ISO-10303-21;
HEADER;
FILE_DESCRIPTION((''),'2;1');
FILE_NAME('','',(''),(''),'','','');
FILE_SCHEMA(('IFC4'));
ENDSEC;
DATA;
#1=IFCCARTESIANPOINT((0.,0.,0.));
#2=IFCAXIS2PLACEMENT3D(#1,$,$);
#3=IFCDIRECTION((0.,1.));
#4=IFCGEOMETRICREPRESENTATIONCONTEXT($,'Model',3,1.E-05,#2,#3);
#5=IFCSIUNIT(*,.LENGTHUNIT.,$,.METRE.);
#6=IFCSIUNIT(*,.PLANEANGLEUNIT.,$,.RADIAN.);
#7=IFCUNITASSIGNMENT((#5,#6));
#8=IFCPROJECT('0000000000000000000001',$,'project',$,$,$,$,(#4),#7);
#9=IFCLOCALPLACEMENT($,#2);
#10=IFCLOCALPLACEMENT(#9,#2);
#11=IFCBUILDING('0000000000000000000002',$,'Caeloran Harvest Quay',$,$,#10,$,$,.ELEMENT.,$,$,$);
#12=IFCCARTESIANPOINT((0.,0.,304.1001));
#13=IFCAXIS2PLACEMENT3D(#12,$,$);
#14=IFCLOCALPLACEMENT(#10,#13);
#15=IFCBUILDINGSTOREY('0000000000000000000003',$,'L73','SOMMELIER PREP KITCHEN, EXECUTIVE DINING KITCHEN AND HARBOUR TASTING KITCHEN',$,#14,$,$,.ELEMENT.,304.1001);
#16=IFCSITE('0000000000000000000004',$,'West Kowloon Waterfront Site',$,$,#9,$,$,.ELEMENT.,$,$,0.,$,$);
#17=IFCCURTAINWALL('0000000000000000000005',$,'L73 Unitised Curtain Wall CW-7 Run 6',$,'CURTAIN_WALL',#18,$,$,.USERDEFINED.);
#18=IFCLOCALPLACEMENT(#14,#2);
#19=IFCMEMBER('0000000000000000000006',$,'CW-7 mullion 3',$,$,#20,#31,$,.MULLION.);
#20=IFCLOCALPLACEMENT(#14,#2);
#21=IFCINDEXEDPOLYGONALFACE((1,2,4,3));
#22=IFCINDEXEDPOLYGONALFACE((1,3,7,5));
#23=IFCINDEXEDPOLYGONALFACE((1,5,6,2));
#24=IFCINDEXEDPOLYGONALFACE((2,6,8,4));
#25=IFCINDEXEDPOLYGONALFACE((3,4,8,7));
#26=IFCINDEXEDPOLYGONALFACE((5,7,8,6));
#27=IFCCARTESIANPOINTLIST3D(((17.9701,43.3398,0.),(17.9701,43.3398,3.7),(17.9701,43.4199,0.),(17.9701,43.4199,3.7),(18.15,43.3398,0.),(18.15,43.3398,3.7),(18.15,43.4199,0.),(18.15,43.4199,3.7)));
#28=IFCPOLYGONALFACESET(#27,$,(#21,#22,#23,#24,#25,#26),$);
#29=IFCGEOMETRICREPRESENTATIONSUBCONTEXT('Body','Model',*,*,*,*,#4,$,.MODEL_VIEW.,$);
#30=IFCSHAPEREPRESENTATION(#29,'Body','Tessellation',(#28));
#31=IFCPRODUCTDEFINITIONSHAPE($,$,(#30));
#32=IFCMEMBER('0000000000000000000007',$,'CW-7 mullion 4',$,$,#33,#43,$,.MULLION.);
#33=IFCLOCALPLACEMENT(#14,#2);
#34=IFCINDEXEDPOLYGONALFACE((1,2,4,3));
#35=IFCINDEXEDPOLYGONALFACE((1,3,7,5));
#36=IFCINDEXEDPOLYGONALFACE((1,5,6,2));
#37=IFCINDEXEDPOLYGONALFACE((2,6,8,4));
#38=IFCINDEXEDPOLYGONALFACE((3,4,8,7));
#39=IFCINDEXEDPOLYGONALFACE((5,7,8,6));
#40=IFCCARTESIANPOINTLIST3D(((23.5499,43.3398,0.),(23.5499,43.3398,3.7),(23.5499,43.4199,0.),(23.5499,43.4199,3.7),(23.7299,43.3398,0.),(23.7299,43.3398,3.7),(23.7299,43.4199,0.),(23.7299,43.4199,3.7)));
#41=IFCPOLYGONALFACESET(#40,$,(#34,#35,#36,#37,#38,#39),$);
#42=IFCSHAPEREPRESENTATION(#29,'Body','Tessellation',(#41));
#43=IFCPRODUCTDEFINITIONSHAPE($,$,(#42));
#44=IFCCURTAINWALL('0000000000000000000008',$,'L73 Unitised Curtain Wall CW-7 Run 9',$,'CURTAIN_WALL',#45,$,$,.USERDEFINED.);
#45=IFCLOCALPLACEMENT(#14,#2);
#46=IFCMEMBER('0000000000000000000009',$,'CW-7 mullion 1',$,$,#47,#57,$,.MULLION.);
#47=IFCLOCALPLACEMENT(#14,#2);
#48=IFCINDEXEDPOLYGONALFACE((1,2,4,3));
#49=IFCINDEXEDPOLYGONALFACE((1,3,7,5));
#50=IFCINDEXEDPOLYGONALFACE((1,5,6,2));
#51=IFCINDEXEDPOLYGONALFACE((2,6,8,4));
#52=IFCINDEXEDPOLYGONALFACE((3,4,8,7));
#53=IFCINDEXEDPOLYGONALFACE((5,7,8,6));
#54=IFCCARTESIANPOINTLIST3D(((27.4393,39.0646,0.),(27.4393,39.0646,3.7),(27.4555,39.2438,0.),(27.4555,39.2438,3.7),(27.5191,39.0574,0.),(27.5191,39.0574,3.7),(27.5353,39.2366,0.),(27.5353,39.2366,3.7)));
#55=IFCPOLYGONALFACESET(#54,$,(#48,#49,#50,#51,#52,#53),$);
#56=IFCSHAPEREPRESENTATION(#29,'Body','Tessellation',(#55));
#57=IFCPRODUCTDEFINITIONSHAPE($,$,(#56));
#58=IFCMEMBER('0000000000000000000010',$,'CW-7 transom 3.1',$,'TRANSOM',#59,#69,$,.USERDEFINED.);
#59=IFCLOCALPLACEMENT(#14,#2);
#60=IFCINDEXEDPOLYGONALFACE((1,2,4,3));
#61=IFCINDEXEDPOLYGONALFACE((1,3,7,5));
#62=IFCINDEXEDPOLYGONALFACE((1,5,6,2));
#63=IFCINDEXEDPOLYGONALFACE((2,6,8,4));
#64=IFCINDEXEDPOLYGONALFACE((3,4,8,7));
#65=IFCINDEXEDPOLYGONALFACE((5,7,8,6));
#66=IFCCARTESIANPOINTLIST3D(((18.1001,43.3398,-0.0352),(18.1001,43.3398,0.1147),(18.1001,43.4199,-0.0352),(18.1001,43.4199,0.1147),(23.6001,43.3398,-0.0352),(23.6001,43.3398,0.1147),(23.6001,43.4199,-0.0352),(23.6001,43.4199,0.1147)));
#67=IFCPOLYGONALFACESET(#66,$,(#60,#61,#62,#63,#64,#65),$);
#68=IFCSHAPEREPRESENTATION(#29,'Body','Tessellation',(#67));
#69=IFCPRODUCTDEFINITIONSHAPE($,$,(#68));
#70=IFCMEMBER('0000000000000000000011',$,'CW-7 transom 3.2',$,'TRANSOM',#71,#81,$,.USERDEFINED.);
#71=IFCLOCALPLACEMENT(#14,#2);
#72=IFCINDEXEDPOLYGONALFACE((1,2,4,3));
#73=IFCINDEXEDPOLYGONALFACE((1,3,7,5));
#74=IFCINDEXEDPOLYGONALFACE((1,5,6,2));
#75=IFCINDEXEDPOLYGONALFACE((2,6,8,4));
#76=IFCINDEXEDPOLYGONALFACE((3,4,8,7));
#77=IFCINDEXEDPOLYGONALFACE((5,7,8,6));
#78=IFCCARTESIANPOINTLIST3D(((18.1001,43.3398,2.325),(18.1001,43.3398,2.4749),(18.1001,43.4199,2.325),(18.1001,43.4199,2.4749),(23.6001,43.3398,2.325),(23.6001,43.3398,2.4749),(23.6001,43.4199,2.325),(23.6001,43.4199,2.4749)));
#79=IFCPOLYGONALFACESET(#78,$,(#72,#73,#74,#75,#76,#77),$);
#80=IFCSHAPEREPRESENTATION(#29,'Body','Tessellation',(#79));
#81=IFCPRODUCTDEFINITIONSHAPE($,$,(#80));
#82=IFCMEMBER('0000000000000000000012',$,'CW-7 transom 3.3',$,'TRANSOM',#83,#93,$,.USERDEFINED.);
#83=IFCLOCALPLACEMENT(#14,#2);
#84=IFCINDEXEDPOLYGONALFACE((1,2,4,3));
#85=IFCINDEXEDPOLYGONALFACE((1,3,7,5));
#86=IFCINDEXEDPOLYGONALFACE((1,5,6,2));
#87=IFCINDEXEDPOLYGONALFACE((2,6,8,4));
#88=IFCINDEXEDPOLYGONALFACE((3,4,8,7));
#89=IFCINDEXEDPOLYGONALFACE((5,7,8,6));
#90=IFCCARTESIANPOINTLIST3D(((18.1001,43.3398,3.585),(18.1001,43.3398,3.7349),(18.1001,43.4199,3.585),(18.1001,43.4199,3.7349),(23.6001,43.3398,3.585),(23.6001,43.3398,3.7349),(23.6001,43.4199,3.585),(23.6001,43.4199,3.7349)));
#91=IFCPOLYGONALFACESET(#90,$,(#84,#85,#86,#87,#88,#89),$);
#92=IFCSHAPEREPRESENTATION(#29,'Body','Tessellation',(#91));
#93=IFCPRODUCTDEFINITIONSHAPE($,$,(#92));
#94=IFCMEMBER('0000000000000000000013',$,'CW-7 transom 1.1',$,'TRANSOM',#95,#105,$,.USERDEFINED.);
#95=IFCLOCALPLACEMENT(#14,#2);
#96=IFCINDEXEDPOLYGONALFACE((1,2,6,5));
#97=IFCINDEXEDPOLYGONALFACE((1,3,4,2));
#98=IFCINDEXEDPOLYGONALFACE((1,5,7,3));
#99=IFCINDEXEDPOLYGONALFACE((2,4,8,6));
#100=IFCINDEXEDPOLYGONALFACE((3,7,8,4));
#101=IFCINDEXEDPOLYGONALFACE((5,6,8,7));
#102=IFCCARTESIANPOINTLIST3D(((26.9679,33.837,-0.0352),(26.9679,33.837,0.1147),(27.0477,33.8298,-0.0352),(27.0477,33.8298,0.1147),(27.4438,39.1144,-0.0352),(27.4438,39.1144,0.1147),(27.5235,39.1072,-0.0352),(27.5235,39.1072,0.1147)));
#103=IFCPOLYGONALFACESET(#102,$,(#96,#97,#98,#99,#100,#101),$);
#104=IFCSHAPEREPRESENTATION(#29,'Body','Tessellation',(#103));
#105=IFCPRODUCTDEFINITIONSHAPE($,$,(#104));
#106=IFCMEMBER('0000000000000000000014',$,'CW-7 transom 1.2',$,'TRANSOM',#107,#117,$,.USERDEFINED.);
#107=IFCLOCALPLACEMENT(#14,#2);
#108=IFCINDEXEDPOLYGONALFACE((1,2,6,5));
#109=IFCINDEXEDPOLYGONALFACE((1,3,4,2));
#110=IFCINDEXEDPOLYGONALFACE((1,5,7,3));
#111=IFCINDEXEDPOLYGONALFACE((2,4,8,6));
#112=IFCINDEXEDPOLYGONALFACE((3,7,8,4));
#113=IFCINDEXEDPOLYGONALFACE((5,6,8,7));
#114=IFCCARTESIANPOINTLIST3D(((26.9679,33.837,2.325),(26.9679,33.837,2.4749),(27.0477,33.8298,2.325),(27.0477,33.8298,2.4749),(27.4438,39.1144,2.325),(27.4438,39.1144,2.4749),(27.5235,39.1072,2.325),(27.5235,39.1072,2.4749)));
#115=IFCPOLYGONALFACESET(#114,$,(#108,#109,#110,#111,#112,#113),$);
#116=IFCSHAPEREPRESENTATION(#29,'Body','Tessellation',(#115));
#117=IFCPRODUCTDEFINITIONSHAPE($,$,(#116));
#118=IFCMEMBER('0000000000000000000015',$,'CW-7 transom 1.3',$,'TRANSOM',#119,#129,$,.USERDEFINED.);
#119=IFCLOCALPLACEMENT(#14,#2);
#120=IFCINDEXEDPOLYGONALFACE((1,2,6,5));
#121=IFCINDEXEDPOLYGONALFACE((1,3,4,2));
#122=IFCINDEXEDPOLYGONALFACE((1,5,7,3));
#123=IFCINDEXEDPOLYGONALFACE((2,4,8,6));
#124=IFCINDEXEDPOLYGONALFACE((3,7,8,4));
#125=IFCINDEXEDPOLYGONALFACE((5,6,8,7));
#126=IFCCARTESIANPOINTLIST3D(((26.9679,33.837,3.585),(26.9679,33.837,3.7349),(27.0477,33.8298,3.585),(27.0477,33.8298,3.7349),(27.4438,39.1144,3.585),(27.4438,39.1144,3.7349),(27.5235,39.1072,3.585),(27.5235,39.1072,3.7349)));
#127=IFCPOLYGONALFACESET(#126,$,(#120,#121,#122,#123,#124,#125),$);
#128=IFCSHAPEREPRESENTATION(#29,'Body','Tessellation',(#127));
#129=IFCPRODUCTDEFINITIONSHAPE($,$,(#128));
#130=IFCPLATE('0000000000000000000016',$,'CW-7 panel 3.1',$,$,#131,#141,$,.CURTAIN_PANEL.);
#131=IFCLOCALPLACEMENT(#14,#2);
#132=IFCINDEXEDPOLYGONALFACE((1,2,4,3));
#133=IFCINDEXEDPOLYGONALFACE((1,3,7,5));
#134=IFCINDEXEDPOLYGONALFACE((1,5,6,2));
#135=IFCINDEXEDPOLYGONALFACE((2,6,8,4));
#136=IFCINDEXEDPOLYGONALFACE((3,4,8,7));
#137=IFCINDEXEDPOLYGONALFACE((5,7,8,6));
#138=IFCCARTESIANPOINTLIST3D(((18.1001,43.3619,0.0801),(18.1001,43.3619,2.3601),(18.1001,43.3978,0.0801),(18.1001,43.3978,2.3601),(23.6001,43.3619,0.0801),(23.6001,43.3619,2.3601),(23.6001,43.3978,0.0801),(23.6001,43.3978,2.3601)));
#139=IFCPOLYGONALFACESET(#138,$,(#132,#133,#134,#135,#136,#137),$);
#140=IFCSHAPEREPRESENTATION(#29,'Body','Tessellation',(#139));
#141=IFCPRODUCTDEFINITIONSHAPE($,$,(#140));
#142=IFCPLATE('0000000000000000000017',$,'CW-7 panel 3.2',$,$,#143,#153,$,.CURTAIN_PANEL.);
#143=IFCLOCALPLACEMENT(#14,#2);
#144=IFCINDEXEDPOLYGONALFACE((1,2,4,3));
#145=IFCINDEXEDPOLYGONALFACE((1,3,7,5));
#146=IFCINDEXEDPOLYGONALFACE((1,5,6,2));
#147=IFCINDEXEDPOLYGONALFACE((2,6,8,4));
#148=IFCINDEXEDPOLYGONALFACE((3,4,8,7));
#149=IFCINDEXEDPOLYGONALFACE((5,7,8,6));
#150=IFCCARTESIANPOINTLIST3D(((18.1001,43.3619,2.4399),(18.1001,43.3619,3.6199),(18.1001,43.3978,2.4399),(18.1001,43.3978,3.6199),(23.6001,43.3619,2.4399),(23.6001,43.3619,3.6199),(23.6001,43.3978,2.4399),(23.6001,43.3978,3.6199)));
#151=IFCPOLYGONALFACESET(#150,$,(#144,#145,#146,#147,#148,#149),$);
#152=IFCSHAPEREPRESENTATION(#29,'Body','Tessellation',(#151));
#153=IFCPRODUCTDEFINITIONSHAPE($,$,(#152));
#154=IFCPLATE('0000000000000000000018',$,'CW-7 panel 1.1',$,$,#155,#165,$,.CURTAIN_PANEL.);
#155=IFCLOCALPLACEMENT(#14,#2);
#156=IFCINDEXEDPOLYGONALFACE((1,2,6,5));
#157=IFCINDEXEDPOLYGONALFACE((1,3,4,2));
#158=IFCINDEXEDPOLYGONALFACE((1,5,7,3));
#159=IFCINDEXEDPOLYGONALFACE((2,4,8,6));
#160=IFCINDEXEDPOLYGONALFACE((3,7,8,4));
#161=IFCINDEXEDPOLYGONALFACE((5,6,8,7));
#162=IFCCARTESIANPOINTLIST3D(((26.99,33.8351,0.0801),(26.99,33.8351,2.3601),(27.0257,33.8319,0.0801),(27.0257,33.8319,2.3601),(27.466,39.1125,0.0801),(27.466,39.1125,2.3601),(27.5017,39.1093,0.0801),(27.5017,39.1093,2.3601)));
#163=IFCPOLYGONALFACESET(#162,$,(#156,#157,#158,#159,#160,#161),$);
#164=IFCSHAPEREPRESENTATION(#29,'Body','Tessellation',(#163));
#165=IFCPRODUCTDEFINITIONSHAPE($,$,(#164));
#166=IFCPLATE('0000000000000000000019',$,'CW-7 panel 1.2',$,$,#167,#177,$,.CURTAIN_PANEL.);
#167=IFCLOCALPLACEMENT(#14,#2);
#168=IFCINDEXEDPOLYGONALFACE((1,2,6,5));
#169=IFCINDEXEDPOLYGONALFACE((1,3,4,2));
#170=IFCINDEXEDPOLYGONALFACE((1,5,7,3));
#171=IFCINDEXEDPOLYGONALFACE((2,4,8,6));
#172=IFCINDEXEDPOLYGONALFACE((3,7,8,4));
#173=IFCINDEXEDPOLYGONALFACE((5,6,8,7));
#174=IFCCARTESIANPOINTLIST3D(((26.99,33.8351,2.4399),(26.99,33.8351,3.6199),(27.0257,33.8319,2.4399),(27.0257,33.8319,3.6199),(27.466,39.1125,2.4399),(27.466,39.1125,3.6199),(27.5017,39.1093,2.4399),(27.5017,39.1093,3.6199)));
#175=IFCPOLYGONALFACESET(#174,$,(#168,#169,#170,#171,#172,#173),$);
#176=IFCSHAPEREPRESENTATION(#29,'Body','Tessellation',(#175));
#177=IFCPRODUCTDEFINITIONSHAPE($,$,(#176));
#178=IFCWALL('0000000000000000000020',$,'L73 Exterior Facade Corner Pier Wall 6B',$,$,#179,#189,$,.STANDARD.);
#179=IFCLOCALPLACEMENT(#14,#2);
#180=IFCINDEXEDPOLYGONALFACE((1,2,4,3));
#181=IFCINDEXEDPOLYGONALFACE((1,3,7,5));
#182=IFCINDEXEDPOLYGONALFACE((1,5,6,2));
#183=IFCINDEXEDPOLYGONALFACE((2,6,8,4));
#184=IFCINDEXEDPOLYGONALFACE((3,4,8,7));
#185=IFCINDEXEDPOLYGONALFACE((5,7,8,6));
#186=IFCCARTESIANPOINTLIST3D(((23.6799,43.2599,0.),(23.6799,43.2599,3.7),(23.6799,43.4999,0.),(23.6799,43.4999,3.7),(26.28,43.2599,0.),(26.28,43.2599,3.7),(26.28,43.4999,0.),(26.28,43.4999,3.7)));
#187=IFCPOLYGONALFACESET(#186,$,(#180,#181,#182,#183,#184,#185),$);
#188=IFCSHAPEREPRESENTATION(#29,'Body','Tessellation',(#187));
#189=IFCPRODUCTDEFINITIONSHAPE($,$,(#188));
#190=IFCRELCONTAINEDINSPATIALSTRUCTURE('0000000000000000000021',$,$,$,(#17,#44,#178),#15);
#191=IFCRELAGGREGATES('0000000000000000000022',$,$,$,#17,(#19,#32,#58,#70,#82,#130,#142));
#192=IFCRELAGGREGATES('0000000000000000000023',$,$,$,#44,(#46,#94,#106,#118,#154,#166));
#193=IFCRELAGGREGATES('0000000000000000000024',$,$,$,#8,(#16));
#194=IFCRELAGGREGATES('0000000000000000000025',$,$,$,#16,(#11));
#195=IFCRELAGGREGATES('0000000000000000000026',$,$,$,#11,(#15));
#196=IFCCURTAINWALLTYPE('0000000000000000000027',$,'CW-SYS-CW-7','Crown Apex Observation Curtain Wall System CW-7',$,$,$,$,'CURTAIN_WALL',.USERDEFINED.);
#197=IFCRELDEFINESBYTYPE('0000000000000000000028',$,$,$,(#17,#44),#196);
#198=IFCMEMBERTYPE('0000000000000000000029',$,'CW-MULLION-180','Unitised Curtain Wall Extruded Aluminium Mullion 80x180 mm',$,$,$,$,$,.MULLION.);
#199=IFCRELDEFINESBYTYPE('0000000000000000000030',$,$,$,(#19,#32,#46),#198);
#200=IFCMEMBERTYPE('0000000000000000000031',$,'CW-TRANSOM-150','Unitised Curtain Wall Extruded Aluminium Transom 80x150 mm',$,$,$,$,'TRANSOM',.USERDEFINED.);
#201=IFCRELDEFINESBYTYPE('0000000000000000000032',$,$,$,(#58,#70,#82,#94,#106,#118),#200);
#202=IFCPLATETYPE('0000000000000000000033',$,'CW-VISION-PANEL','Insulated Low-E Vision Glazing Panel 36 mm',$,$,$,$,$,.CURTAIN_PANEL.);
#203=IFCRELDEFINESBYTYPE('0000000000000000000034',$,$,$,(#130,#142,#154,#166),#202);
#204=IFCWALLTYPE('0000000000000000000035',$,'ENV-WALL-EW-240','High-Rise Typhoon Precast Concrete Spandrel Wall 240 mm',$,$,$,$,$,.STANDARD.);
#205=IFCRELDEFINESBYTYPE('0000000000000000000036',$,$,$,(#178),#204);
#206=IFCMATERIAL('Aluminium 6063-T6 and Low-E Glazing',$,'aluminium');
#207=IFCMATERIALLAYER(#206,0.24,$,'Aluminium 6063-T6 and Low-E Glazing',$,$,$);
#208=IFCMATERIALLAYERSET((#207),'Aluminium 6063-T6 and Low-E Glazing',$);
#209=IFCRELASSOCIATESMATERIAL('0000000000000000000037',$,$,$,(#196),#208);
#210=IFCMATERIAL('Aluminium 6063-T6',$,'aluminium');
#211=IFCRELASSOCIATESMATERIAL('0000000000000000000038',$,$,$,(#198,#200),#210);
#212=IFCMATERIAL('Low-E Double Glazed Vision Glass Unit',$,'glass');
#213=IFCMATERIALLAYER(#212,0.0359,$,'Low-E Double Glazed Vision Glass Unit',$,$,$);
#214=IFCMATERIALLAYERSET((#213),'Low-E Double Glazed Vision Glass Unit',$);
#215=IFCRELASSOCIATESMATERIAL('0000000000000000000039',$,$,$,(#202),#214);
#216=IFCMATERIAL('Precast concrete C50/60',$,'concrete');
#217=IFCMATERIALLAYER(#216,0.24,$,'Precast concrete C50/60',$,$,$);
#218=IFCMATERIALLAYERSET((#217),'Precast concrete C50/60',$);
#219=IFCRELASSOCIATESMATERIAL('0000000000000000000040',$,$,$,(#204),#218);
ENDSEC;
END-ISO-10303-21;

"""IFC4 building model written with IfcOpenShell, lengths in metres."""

from ifc_helpers import new_model, si_unit, direction, frame, frame_2d, origin, origin_2d, place, context, subcontext, project, spatial, rectangle, extrude, material, layer, layer_set, material_profile, profile_set, type_object, element, aggregate, save


model = new_model("IFC4")

# Units and contexts
model_context = context("Model", 3, precision=1e-05, world=origin(), true_north=direction((0.0, 1.0)))
body_context = subcontext(model_context, "Body", "Model", "MODEL_VIEW")
ifc_project = project(units=[si_unit("LENGTHUNIT", "METRE"), si_unit("PLANEANGLEUNIT", "RADIAN")], contexts=[model_context])

# Site, building, storey
site_placement = place(None, origin())
site = spatial("IfcSite", under=ifc_project, at=site_placement, Name="West Kowloon Waterfront Site", CompositionType="ELEMENT", RefElevation=0.0)
building_placement = place(site_placement, origin())
building = spatial("IfcBuilding", under=site, at=building_placement, Name="Caeloran Harvest Quay", CompositionType="ELEMENT")
storey_placement = place(building_placement, frame((0.0, 0.0, 304.1001)))
storey = spatial("IfcBuildingStorey", under=building, at=storey_placement, Name="L73", Description="SOMMELIER PREP KITCHEN, EXECUTIVE DINING KITCHEN AND HARBOUR TASTING KITCHEN", CompositionType="ELEMENT", Elevation=304.1001)

# Curtain wall, members
ifc_material_1 = material(Name="Aluminium 6063-T6 and Low-E Glazing", Category="aluminium")
ifc_layer_1 = layer(ifc_material_1, 0.24, Name="Aluminium 6063-T6 and Low-E Glazing")
ifc_layer_set_1 = layer_set([ifc_layer_1], Name="Aluminium 6063-T6 and Low-E Glazing")
curtain_wall_type = type_object("IfcCurtainWallType", Name="CW-SYS-CW-7", Description="Crown Apex Observation Curtain Wall System CW-7", ElementType="CURTAIN_WALL", PredefinedType="USERDEFINED", material=ifc_layer_set_1)
curtain_wall_1_placement = place(storey_placement, origin())
curtain_wall_1 = element("IfcCurtainWall", 1, at=curtain_wall_1_placement, inside=storey, type_object=curtain_wall_type, Name="L73 Unitised Curtain Wall CW-7 Run 6", ObjectType="CURTAIN_WALL", PredefinedType="USERDEFINED")
ifc_material_2 = material(Name="Aluminium 6063-T6", Category="aluminium")
ifc_material_profile_1 = material_profile(ifc_material_2, rectangle(XDim=0.0801, YDim=0.1799, at=origin_2d()), Name="CW-MULLION-180")
ifc_profile_set_1 = profile_set([ifc_material_profile_1], Name="Aluminium 6063-T6")
member_type_1 = type_object("IfcMemberType", Name="CW-MULLION-180", Description="Unitised Curtain Wall Extruded Aluminium Mullion 80x180 mm", PredefinedType="MULLION", material=ifc_profile_set_1)
member_1_placement = place(storey_placement, frame((18.0601, 43.3799, 0.0), z_axis=(0.0, 0.0, 1.0), x_axis=(0.0, 1.0, 0.0)))
member_1 = element("IfcMember", 2, at=member_1_placement, type_object=member_type_1, Name="CW-7 mullion 3", PredefinedType="MULLION", context=body_context, shape_type="SweptSolid", body=[
    extrude(rectangle(XDim=0.0801, YDim=0.1799, at=origin_2d()), origin(), (0.0, 0.0, 1.0), 3.7),
])
member_2_placement = place(storey_placement, frame((23.6399, 43.3799, 0.0), z_axis=(0.0, 0.0, 1.0), x_axis=(0.0, 1.0, 0.0)))
member_2 = element("IfcMember", 3, at=member_2_placement, type_object=member_type_1, Name="CW-7 mullion 4", PredefinedType="MULLION", context=body_context, shape_type="SweptSolid", body=[
    extrude(rectangle(XDim=0.0801, YDim=0.1799, at=origin_2d()), origin(), (0.0, 0.0, 1.0), 3.7),
])

# Curtain wall, member
curtain_wall_2_placement = place(storey_placement, origin())
curtain_wall_2 = element("IfcCurtainWall", 4, at=curtain_wall_2_placement, inside=storey, type_object=curtain_wall_type, Name="L73 Unitised Curtain Wall CW-7 Run 9", ObjectType="CURTAIN_WALL", PredefinedType="USERDEFINED")
member_3_placement = place(storey_placement, frame((27.4873, 39.1506, 0.0), z_axis=(0.0, 0.0, 1.0), x_axis=(0.995958, -0.089821, 0.0)))
member_3 = element("IfcMember", 5, at=member_3_placement, type_object=member_type_1, Name="CW-7 mullion 1", PredefinedType="MULLION", context=body_context, shape_type="SweptSolid", body=[
    extrude(rectangle(XDim=0.0801, YDim=0.1799, at=origin_2d()), origin(), (0.0, 0.0, 1.0), 3.7),
])

# Members
ifc_material_profile_2 = material_profile(ifc_material_2, rectangle(XDim=0.0801, YDim=0.1499, at=origin_2d()), Name="CW-TRANSOM-150")
ifc_profile_set_2 = profile_set([ifc_material_profile_2], Name="Aluminium 6063-T6")
member_type_2 = type_object("IfcMemberType", Name="CW-TRANSOM-150", Description="Unitised Curtain Wall Extruded Aluminium Transom 80x150 mm", ElementType="TRANSOM", PredefinedType="USERDEFINED", material=ifc_profile_set_2)
member_4_placement = place(storey_placement, frame((18.1001, 43.3799, 0.0398), z_axis=(1.0, 0.0, 0.0), x_axis=(0.0, 1.0, 0.0)))
member_4 = element("IfcMember", 6, at=member_4_placement, type_object=member_type_2, Name="CW-7 transom 3.1", ObjectType="TRANSOM", PredefinedType="USERDEFINED", context=body_context, shape_type="SweptSolid", body=[
    extrude(rectangle(XDim=0.0801, YDim=0.1499, at=origin_2d()), origin(), (0.0, 0.0, 1.0), 5.5),
])
member_5_placement = place(storey_placement, frame((18.1001, 43.3799, 2.3999), z_axis=(1.0, 0.0, 0.0), x_axis=(0.0, 1.0, 0.0)))
member_5 = element("IfcMember", 7, at=member_5_placement, type_object=member_type_2, Name="CW-7 transom 3.2", ObjectType="TRANSOM", PredefinedType="USERDEFINED", context=body_context, shape_type="SweptSolid", body=[
    extrude(rectangle(XDim=0.0801, YDim=0.1499, at=origin_2d()), origin(), (0.0, 0.0, 1.0), 5.5),
])
member_6_placement = place(storey_placement, frame((18.1001, 43.3799, 3.6599), z_axis=(1.0, 0.0, 0.0), x_axis=(0.0, 1.0, 0.0)))
member_6 = element("IfcMember", 8, at=member_6_placement, type_object=member_type_2, Name="CW-7 transom 3.3", ObjectType="TRANSOM", PredefinedType="USERDEFINED", context=body_context, shape_type="SweptSolid", body=[
    extrude(rectangle(XDim=0.0801, YDim=0.1499, at=origin_2d()), origin(), (0.0, 0.0, 1.0), 5.5),
])
member_7_placement = place(storey_placement, frame((27.4836, 39.1108, 0.0398), z_axis=(-0.0898, -0.99596, 0.0), x_axis=(0.99596, -0.0898, 0.0)))
member_7 = element("IfcMember", 9, at=member_7_placement, type_object=member_type_2, Name="CW-7 transom 1.1", ObjectType="TRANSOM", PredefinedType="USERDEFINED", context=body_context, shape_type="SweptSolid", body=[
    extrude(rectangle(XDim=0.0801, YDim=0.1499, at=origin_2d()), origin(), (0.0, 0.0, 1.0), 5.2988),
])
member_8_placement = place(storey_placement, frame((27.4836, 39.1108, 2.3999), z_axis=(-0.0898, -0.99596, 0.0), x_axis=(0.99596, -0.0898, 0.0)))
member_8 = element("IfcMember", 10, at=member_8_placement, type_object=member_type_2, Name="CW-7 transom 1.2", ObjectType="TRANSOM", PredefinedType="USERDEFINED", context=body_context, shape_type="SweptSolid", body=[
    extrude(rectangle(XDim=0.0801, YDim=0.1499, at=origin_2d()), origin(), (0.0, 0.0, 1.0), 5.2988),
])
member_9_placement = place(storey_placement, frame((27.4836, 39.1108, 3.6599), z_axis=(-0.0898, -0.99596, 0.0), x_axis=(0.99596, -0.0898, 0.0)))
member_9 = element("IfcMember", 11, at=member_9_placement, type_object=member_type_2, Name="CW-7 transom 1.3", ObjectType="TRANSOM", PredefinedType="USERDEFINED", context=body_context, shape_type="SweptSolid", body=[
    extrude(rectangle(XDim=0.0801, YDim=0.1499, at=origin_2d()), origin(), (0.0, 0.0, 1.0), 5.2988),
])

# Plates
ifc_material_3 = material(Name="Low-E Double Glazed Vision Glass Unit", Category="glass")
ifc_layer_2 = layer(ifc_material_3, 0.0359, Name="Low-E Double Glazed Vision Glass Unit")
ifc_layer_set_2 = layer_set([ifc_layer_2], Name="Low-E Double Glazed Vision Glass Unit")
plate_type = type_object("IfcPlateType", Name="CW-VISION-PANEL", Description="Insulated Low-E Vision Glazing Panel 36 mm", PredefinedType="CURTAIN_PANEL", material=ifc_layer_set_2)
plate_1_placement = place(storey_placement, frame((20.8501, 43.3799, 0.0801), z_axis=(0.0, 0.0, 1.0), x_axis=(1.0, 0.0, 0.0)))
plate_1 = element("IfcPlate", 12, at=plate_1_placement, type_object=plate_type, Name="CW-7 panel 3.1", PredefinedType="CURTAIN_PANEL", context=body_context, shape_type="SweptSolid", body=[
    extrude(rectangle(XDim=5.5, YDim=0.0359, at=origin_2d()), origin(), (0.0, 0.0, 1.0), 2.28),
])
plate_2_placement = place(storey_placement, frame((20.8501, 43.3799, 2.4399), z_axis=(0.0, 0.0, 1.0), x_axis=(1.0, 0.0, 0.0)))
plate_2 = element("IfcPlate", 13, at=plate_2_placement, type_object=plate_type, Name="CW-7 panel 3.2", PredefinedType="CURTAIN_PANEL", context=body_context, shape_type="SweptSolid", body=[
    extrude(rectangle(XDim=5.5, YDim=0.0359, at=origin_2d()), origin(), (0.0, 0.0, 1.0), 1.1799),
])
aggregate(curtain_wall_1, [member_1, member_2, member_4, member_5, member_6, plate_1, plate_2])
plate_3_placement = place(storey_placement, frame((27.2458, 36.4722, 0.0801), z_axis=(0.0, 0.0, 1.0), x_axis=(-0.089821, -0.995958, 0.0)))
plate_3 = element("IfcPlate", 14, at=plate_3_placement, type_object=plate_type, Name="CW-7 panel 1.1", PredefinedType="CURTAIN_PANEL", context=body_context, shape_type="SweptSolid", body=[
    extrude(rectangle(XDim=5.2988, YDim=0.0359, at=origin_2d()), origin(), (0.0, 0.0, 1.0), 2.28),
])
plate_4_placement = place(storey_placement, frame((27.2458, 36.4722, 2.4399), z_axis=(0.0, 0.0, 1.0), x_axis=(-0.089821, -0.995958, 0.0)))
plate_4 = element("IfcPlate", 15, at=plate_4_placement, type_object=plate_type, Name="CW-7 panel 1.2", PredefinedType="CURTAIN_PANEL", context=body_context, shape_type="SweptSolid", body=[
    extrude(rectangle(XDim=5.2988, YDim=0.0359, at=origin_2d()), origin(), (0.0, 0.0, 1.0), 1.1799),
])
aggregate(curtain_wall_2, [member_3, member_7, member_8, member_9, plate_3, plate_4])

# Wall
ifc_material_4 = material(Name="Precast concrete C50/60", Category="concrete")
ifc_layer_3 = layer(ifc_material_4, 0.24, Name="Precast concrete C50/60")
ifc_layer_set_3 = layer_set([ifc_layer_3], Name="Precast concrete C50/60")
wall_type_1 = type_object("IfcWallType", Name="ENV-WALL-EW-240", Description="High-Rise Typhoon Precast Concrete Spandrel Wall 240 mm", PredefinedType="STANDARD", material=ifc_layer_set_3)
wall_1_placement = place(storey_placement, frame((23.6799, 43.3799, 0.0), z_axis=(0.0, 0.0, 1.0), x_axis=(1.0, 0.0, 0.0)))
element("IfcWall", 16, at=wall_1_placement, inside=storey, type_object=wall_type_1, Name="L73 Exterior Facade Corner Pier Wall 6B", PredefinedType="STANDARD", context=body_context, shape_type="SweptSolid", body=[
    extrude(rectangle(XDim=2.6001, YDim=0.24, at=frame_2d((1.3, 0.0))), origin(), (0.0, 0.0, 1.0), 3.7),
])

save(model, "model.ifc")
